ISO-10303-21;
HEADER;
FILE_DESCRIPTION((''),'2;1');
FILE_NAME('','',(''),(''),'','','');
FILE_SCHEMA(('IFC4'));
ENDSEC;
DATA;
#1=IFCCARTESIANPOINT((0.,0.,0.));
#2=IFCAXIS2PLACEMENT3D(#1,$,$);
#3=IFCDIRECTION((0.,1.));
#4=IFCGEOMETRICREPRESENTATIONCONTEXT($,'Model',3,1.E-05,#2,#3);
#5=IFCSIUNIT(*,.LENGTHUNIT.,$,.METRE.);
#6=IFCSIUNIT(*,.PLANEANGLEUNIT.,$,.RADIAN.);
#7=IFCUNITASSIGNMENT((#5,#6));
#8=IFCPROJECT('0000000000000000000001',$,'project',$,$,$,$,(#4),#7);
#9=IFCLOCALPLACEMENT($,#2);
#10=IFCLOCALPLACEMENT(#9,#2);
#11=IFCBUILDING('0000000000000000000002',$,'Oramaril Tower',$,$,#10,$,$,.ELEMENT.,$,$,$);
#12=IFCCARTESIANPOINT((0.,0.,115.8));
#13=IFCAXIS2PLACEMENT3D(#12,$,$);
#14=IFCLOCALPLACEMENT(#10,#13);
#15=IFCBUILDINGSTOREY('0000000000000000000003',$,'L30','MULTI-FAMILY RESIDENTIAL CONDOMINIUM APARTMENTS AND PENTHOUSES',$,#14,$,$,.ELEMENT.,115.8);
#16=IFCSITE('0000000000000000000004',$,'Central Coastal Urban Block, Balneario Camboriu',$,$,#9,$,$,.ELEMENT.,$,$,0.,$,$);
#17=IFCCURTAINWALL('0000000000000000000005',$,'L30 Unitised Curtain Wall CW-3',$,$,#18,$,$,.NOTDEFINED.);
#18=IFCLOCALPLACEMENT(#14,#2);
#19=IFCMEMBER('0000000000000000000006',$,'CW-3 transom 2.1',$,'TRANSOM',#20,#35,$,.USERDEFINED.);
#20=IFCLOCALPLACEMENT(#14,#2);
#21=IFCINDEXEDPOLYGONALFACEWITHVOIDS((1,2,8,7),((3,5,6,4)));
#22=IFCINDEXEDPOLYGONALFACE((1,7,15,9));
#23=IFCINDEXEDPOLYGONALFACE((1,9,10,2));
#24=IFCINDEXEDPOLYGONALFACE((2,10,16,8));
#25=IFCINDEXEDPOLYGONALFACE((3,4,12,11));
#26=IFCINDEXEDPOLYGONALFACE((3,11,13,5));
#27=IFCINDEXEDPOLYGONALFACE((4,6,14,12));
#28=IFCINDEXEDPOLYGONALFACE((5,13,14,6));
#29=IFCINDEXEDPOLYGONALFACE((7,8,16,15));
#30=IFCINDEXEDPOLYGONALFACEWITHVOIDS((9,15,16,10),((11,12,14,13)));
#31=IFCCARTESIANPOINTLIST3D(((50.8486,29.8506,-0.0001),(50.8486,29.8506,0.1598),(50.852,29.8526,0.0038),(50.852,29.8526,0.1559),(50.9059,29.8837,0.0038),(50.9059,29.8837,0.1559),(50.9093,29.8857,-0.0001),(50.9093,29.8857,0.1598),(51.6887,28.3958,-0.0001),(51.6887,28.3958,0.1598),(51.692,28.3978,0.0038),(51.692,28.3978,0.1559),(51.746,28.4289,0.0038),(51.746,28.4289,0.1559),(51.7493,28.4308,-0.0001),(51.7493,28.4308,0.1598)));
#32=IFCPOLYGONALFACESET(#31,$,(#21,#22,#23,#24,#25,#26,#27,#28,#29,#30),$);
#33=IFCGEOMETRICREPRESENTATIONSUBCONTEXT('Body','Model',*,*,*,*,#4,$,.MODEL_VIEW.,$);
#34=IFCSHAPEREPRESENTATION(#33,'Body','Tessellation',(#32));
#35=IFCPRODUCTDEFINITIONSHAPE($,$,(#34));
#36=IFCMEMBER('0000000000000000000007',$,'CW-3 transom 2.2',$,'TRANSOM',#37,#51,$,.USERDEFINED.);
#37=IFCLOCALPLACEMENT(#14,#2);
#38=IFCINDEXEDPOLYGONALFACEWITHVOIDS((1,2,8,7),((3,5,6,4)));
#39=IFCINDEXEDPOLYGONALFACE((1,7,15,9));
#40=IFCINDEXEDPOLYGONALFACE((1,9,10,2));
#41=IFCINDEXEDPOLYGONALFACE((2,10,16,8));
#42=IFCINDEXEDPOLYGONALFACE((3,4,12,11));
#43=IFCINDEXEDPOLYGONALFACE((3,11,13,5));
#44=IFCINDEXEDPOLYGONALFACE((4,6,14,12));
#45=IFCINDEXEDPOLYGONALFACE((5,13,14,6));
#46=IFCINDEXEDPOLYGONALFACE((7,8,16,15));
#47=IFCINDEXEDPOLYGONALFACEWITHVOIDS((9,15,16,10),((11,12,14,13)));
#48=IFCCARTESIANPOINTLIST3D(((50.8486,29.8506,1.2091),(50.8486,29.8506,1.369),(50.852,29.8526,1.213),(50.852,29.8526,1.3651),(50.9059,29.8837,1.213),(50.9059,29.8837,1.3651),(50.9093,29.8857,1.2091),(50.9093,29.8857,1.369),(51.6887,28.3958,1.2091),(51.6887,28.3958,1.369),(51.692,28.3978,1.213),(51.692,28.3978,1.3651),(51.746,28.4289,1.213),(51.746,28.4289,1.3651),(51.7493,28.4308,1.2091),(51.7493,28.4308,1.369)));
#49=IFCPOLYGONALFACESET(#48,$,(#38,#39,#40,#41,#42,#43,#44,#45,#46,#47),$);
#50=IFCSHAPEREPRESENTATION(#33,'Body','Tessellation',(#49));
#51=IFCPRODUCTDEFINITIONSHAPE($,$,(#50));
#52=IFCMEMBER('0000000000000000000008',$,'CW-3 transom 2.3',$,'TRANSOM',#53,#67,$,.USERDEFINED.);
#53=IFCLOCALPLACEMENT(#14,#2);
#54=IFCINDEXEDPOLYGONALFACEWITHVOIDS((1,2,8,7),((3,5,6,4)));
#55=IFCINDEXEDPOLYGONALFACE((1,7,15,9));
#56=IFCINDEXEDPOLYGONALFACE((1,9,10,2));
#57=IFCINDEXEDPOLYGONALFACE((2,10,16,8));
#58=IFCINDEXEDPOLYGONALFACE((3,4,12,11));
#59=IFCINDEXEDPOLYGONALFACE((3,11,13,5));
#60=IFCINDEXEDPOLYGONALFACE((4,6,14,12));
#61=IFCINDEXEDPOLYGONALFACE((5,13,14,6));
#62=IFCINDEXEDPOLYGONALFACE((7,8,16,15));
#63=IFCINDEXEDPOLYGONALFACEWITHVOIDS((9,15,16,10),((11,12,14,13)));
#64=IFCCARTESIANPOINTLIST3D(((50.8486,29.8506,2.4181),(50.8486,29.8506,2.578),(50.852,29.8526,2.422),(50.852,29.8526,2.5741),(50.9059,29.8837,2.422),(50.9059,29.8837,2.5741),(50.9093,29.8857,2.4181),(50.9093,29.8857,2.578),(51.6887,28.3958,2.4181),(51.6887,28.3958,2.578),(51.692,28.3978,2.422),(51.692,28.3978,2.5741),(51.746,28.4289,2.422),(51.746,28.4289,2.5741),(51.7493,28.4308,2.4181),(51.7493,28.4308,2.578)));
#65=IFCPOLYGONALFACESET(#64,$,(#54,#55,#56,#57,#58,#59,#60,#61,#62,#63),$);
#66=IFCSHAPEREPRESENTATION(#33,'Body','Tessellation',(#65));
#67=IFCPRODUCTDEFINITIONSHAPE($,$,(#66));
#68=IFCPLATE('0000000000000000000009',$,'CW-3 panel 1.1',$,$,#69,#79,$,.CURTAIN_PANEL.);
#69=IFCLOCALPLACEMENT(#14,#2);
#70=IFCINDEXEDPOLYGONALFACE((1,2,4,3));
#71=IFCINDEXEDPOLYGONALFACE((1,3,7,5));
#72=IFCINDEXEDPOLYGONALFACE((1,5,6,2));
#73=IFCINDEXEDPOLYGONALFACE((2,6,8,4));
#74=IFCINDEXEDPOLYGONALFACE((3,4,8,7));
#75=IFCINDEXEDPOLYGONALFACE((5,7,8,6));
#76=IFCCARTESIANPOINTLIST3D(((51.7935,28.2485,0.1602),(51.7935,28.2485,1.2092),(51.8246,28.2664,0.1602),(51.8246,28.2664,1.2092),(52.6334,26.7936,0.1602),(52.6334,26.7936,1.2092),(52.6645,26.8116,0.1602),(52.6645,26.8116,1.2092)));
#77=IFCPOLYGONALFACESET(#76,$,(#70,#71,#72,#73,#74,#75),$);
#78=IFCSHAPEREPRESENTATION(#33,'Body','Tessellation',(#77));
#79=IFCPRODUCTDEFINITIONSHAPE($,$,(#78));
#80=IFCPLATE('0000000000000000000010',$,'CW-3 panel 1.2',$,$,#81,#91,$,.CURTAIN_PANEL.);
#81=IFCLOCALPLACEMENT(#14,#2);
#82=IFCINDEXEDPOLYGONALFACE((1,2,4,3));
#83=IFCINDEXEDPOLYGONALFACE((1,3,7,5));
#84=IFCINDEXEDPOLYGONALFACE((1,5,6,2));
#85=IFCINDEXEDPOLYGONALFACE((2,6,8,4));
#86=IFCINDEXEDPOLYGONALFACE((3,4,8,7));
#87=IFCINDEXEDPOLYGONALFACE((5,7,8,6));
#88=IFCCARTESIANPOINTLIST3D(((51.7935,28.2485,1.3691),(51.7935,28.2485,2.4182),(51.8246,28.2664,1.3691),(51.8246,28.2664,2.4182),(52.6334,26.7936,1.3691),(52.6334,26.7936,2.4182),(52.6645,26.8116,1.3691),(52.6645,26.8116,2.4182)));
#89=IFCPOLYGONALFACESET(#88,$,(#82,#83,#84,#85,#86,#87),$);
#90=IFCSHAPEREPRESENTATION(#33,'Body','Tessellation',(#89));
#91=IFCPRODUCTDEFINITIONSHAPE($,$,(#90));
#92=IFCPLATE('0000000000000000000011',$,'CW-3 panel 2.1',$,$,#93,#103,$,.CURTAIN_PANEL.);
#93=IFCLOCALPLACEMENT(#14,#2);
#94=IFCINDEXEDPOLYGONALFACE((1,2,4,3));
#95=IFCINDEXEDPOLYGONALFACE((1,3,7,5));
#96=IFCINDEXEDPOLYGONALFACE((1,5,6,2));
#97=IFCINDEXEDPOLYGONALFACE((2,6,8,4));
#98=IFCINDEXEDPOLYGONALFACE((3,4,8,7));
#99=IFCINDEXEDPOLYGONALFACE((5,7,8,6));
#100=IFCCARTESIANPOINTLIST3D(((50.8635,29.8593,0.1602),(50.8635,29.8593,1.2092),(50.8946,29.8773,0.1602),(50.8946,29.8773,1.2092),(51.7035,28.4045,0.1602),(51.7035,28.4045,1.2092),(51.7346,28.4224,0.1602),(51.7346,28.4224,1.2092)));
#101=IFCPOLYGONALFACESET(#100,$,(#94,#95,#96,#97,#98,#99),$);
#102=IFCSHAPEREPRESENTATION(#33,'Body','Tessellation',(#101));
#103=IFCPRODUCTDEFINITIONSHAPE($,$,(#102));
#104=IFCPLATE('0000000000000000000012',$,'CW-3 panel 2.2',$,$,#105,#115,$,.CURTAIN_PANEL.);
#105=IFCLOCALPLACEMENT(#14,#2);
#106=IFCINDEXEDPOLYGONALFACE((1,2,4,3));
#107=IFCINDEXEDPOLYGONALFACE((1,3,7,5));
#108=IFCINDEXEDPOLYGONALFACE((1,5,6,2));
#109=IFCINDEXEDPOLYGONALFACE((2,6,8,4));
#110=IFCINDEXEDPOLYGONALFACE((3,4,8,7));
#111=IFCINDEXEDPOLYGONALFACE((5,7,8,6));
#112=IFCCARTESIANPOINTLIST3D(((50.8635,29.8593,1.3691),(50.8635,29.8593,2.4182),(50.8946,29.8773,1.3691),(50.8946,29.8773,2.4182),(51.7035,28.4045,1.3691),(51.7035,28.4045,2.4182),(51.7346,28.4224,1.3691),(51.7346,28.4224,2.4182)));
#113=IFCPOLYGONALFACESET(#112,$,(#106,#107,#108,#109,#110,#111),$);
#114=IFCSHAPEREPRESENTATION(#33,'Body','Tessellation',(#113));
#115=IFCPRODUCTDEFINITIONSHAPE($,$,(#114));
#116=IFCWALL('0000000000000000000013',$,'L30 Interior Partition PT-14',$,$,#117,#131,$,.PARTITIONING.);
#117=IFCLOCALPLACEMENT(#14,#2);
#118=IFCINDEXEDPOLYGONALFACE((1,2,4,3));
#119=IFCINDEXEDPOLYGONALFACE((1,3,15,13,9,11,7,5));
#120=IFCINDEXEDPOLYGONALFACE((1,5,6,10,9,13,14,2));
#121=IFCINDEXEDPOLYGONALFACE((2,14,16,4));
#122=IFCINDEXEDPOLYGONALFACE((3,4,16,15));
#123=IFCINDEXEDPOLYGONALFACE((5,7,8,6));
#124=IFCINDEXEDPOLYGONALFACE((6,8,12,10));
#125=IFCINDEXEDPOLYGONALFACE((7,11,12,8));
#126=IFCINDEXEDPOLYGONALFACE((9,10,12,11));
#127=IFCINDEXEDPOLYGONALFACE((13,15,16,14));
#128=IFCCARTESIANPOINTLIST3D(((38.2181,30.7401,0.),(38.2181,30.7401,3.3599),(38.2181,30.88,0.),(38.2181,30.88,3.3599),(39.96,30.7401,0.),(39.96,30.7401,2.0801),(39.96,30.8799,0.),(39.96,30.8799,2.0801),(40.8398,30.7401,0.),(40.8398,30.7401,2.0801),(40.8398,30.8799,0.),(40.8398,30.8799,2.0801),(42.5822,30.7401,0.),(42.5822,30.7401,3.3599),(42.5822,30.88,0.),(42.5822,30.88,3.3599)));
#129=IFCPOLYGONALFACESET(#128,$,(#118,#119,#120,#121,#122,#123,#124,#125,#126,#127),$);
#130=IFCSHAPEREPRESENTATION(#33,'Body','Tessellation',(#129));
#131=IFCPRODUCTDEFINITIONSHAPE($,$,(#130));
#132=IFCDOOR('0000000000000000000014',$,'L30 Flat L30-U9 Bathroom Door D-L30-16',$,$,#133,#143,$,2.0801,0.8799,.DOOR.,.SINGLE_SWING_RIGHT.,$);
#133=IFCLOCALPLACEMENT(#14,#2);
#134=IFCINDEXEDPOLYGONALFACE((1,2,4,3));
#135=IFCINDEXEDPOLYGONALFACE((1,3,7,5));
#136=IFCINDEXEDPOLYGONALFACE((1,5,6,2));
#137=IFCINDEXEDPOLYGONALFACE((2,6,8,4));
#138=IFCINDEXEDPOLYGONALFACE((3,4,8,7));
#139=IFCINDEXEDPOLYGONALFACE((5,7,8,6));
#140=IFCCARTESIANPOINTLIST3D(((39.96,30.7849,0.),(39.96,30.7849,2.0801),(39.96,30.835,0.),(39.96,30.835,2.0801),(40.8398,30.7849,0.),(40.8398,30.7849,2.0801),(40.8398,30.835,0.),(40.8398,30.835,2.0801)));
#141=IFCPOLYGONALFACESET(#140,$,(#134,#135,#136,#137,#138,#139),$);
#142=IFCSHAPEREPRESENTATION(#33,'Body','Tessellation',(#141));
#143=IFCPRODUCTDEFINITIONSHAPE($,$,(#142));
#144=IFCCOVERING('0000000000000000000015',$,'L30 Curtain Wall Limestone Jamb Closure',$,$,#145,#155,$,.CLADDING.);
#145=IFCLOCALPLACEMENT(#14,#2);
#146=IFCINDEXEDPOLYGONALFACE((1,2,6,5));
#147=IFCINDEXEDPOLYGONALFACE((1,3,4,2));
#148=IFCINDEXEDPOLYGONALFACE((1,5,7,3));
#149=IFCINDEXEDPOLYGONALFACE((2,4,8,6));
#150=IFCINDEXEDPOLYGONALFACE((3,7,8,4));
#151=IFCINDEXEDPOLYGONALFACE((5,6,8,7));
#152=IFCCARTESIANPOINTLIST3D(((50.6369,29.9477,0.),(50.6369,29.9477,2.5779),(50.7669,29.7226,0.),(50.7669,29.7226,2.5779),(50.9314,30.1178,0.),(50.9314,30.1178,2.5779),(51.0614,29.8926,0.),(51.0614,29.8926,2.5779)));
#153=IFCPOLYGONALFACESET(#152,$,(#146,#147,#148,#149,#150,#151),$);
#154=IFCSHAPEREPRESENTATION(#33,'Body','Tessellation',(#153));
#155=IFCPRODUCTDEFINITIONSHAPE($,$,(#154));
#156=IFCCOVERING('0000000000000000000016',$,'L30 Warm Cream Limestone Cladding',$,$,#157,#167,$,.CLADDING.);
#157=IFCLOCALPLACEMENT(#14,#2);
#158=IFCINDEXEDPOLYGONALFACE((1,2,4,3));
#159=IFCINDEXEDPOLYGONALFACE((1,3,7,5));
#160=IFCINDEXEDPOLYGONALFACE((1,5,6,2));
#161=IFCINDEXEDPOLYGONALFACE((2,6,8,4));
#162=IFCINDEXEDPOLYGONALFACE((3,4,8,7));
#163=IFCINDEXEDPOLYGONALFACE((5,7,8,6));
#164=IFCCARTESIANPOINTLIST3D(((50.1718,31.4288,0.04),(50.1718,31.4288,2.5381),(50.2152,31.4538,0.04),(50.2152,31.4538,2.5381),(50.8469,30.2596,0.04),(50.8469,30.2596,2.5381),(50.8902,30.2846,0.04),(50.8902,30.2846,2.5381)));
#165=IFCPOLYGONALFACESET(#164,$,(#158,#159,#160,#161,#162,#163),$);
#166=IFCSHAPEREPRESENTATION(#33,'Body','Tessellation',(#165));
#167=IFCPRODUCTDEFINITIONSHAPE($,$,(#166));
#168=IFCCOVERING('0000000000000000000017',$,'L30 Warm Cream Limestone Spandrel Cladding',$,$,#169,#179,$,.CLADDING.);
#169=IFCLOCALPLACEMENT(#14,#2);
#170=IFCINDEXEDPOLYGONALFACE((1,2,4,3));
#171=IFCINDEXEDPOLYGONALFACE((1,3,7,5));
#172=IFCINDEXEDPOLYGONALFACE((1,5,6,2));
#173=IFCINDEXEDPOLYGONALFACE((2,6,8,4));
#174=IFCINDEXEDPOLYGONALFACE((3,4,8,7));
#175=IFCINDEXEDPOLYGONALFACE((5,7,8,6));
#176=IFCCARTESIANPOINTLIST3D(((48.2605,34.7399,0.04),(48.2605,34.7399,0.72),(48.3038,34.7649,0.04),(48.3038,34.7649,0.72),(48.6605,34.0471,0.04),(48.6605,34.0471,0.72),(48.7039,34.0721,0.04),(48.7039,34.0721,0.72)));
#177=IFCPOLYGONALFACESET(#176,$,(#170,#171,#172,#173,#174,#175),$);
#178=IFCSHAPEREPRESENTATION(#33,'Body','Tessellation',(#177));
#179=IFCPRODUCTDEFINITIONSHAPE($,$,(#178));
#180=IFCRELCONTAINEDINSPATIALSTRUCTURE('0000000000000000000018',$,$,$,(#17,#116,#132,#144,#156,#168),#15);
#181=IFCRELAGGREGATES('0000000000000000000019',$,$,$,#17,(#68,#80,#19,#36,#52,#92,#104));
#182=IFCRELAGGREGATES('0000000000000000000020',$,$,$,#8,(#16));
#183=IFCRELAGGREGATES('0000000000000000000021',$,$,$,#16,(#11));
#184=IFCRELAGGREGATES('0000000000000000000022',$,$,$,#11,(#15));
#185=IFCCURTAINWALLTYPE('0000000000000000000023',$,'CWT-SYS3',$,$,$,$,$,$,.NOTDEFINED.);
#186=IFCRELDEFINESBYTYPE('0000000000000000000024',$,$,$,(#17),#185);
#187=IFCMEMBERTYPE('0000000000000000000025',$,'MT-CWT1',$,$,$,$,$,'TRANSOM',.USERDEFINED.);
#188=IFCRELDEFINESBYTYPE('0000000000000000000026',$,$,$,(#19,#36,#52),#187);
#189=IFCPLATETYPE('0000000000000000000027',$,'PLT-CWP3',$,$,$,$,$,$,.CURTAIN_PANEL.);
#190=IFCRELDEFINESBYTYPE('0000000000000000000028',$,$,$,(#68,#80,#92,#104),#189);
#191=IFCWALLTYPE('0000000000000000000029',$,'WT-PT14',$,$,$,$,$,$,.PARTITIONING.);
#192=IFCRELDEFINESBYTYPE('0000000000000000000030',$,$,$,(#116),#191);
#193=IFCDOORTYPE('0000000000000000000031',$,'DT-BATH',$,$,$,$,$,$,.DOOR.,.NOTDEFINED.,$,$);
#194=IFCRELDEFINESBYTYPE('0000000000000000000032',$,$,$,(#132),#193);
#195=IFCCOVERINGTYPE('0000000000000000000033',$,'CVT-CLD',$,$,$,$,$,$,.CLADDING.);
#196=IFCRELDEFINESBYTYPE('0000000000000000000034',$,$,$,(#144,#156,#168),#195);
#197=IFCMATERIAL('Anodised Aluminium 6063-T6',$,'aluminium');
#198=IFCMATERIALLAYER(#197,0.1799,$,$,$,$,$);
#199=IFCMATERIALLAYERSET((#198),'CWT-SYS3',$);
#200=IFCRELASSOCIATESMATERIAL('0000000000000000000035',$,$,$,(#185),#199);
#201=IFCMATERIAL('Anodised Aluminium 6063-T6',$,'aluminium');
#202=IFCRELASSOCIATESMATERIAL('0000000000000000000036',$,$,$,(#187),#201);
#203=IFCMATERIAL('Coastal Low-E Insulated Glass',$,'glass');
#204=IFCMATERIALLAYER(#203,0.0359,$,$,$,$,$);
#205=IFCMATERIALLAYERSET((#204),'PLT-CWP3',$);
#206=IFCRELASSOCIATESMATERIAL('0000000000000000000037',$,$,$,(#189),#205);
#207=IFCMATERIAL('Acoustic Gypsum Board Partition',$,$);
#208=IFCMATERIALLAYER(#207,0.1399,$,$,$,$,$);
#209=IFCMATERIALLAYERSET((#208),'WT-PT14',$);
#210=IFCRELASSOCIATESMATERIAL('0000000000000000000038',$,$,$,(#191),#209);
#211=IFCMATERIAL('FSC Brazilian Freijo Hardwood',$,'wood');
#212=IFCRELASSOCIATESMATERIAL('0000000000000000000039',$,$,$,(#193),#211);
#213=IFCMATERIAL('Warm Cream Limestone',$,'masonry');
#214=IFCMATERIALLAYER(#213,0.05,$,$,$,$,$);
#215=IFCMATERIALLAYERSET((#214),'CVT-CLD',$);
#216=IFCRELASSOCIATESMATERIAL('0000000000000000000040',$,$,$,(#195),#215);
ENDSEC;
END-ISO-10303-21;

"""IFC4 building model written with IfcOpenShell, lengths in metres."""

from ifc_helpers import new_model, si_unit, direction, frame, frame_2d, origin, origin_2d, place, context, subcontext, project, spatial, rectangle, hollow_rectangle, extrude, material, layer, layer_set, material_profile, profile_set, type_object, element, fill, aggregate, save


model = new_model("IFC4")

# Units and contexts
model_context = context("Model", 3, precision=1e-05, world=origin(), true_north=direction((0.0, 1.0)))
body_context = subcontext(model_context, "Body", "Model", "MODEL_VIEW")
ifc_project = project(units=[si_unit("LENGTHUNIT", "METRE"), si_unit("PLANEANGLEUNIT", "RADIAN")], contexts=[model_context])

# Site, building, storey
site_placement = place(None, origin())
site = spatial("IfcSite", under=ifc_project, at=site_placement, Name="Central Coastal Urban Block, Balneario Camboriu", CompositionType="ELEMENT", RefElevation=0.0)
building_placement = place(site_placement, origin())
building = spatial("IfcBuilding", under=site, at=building_placement, Name="Oramaril Tower", CompositionType="ELEMENT")
storey_placement = place(building_placement, frame((0.0, 0.0, 115.8)))
storey = spatial("IfcBuildingStorey", under=building, at=storey_placement, Name="L30", Description="MULTI-FAMILY RESIDENTIAL CONDOMINIUM APARTMENTS AND PENTHOUSES", CompositionType="ELEMENT", Elevation=115.8)

# Curtain wall, members, plates
ifc_material_1 = material(Name="Anodised Aluminium 6063-T6", Category="aluminium")
ifc_layer_1 = layer(ifc_material_1, 0.1799)
ifc_layer_set_1 = layer_set([ifc_layer_1], Name="CWT-SYS3")
curtain_wall_type = type_object("IfcCurtainWallType", Name="CWT-SYS3", PredefinedType="NOTDEFINED", material=ifc_layer_set_1)
curtain_wall_placement = place(storey_placement, origin())
curtain_wall = element("IfcCurtainWall", 1, at=curtain_wall_placement, inside=storey, type_object=curtain_wall_type, Name="L30 Unitised Curtain Wall CW-3", PredefinedType="NOTDEFINED")
ifc_material_2 = material(Name="Anodised Aluminium 6063-T6", Category="aluminium")
ifc_material_profile_1 = material_profile(ifc_material_2, hollow_rectangle(XDim=0.0701, YDim=0.1599, WallThickness=0.0039, at=origin_2d()), Name="CWT160X70")
ifc_profile_set_1 = profile_set([ifc_material_profile_1], Name="Anodised Aluminium 6063-T6")
member_type_1 = type_object("IfcMemberType", Name="MT-CWT1", ElementType="TRANSOM", PredefinedType="USERDEFINED", material=ifc_profile_set_1)
member_1_placement = place(storey_placement, frame((51.719, 28.4133, 0.0798), z_axis=(-0.500062, 0.86599, 0.0), x_axis=(-0.86599, -0.500062, 0.0)))
member_1 = element("IfcMember", 2, at=member_1_placement, type_object=member_type_1, Name="CW-3 transom 2.1", ObjectType="TRANSOM", PredefinedType="USERDEFINED", context=body_context, shape_type="SweptSolid", body=[
    extrude(hollow_rectangle(XDim=0.0701, YDim=0.1599, WallThickness=0.0039, at=origin_2d()), origin(), (0.0, 0.0, 1.0), 1.6799),
])
member_2_placement = place(storey_placement, frame((51.719, 28.4133, 1.2891), z_axis=(-0.500062, 0.86599, 0.0), x_axis=(-0.86599, -0.500062, 0.0)))
member_2 = element("IfcMember", 3, at=member_2_placement, type_object=member_type_1, Name="CW-3 transom 2.2", ObjectType="TRANSOM", PredefinedType="USERDEFINED", context=body_context, shape_type="SweptSolid", body=[
    extrude(hollow_rectangle(XDim=0.0701, YDim=0.1599, WallThickness=0.0039, at=origin_2d()), origin(), (0.0, 0.0, 1.0), 1.6799),
])
member_3_placement = place(storey_placement, frame((51.719, 28.4133, 2.498), z_axis=(-0.500062, 0.86599, 0.0), x_axis=(-0.86599, -0.500062, 0.0)))
member_3 = element("IfcMember", 4, at=member_3_placement, type_object=member_type_1, Name="CW-3 transom 2.3", ObjectType="TRANSOM", PredefinedType="USERDEFINED", context=body_context, shape_type="SweptSolid", body=[
    extrude(hollow_rectangle(XDim=0.0701, YDim=0.1599, WallThickness=0.0039, at=origin_2d()), origin(), (0.0, 0.0, 1.0), 1.6799),
])
ifc_material_3 = material(Name="Coastal Low-E Insulated Glass", Category="glass")
ifc_layer_2 = layer(ifc_material_3, 0.0359)
ifc_layer_set_2 = layer_set([ifc_layer_2], Name="PLT-CWP3")
plate_type = type_object("IfcPlateType", Name="PLT-CWP3", PredefinedType="CURTAIN_PANEL", material=ifc_layer_set_2)
plate_1_placement = place(storey_placement, frame((52.229, 27.53, 0.1602), z_axis=(0.0, 0.0, 1.0), x_axis=(-0.5, 0.866025, 0.0)))
plate_1 = element("IfcPlate", 5, at=plate_1_placement, type_object=plate_type, Name="CW-3 panel 1.1", PredefinedType="CURTAIN_PANEL", context=body_context, shape_type="SweptSolid", body=[
    extrude(rectangle(XDim=1.6799, YDim=0.0359, at=origin_2d()), origin(), (0.0, 0.0, 1.0), 1.0491),
])
plate_2_placement = place(storey_placement, frame((52.229, 27.53, 1.3691), z_axis=(0.0, 0.0, 1.0), x_axis=(-0.5, 0.866025, 0.0)))
plate_2 = element("IfcPlate", 6, at=plate_2_placement, type_object=plate_type, Name="CW-3 panel 1.2", PredefinedType="CURTAIN_PANEL", context=body_context, shape_type="SweptSolid", body=[
    extrude(rectangle(XDim=1.6799, YDim=0.0359, at=origin_2d()), origin(), (0.0, 0.0, 1.0), 1.0491),
])
plate_3_placement = place(storey_placement, frame((51.2991, 29.1409, 0.1602), z_axis=(0.0, 0.0, 1.0), x_axis=(-0.5, 0.866025, 0.0)))
plate_3 = element("IfcPlate", 7, at=plate_3_placement, type_object=plate_type, Name="CW-3 panel 2.1", PredefinedType="CURTAIN_PANEL", context=body_context, shape_type="SweptSolid", body=[
    extrude(rectangle(XDim=1.6799, YDim=0.0359, at=origin_2d()), origin(), (0.0, 0.0, 1.0), 1.0491),
])
plate_4_placement = place(storey_placement, frame((51.2991, 29.1409, 1.3691), z_axis=(0.0, 0.0, 1.0), x_axis=(-0.5, 0.866025, 0.0)))
plate_4 = element("IfcPlate", 8, at=plate_4_placement, type_object=plate_type, Name="CW-3 panel 2.2", PredefinedType="CURTAIN_PANEL", context=body_context, shape_type="SweptSolid", body=[
    extrude(rectangle(XDim=1.6799, YDim=0.0359, at=origin_2d()), origin(), (0.0, 0.0, 1.0), 1.0491),
])
aggregate(curtain_wall, [plate_1, plate_2, member_1, member_2, member_3, plate_3, plate_4])

# Wall, opening, door
ifc_material_4 = material(Name="Acoustic Gypsum Board Partition")
ifc_layer_3 = layer(ifc_material_4, 0.1399)
ifc_layer_set_3 = layer_set([ifc_layer_3], Name="WT-PT14")
wall_type_1 = type_object("IfcWallType", Name="WT-PT14", PredefinedType="PARTITIONING", material=ifc_layer_set_3)
wall_1_placement = place(storey_placement, frame((38.218, 30.8101, 0.0), z_axis=(0.0, 0.0, 1.0), x_axis=(1.0, 0.0, 0.0)))
wall_1 = element("IfcWall", 9, at=wall_1_placement, inside=storey, type_object=wall_type_1, Name="L30 Interior Partition PT-14", PredefinedType="PARTITIONING", context=body_context, shape_type="SweptSolid", body=[
    extrude(rectangle(XDim=4.364, YDim=0.1399, at=frame_2d((2.1821, 0.0))), origin(), (0.0, 0.0, 1.0), 3.3599),
])
opening_1_placement = place(wall_1_placement, frame((1.7419, 0.0, 0.0)))
opening_1 = element("IfcOpeningElement", 10, at=opening_1_placement, cuts=wall_1, PredefinedType="OPENING", context=body_context, shape_type="SweptSolid", body=[
    extrude(rectangle(XDim=0.8799, YDim=2.0801, at=frame_2d((0.4399, 1.04))), frame((0.0, 0.0698, 0.0), z_axis=(0.0, -1.0, 0.0), x_axis=(1.0, 0.0, 0.0)), (0.0, 0.0, 1.0), 0.1399),
])
ifc_material_5 = material(Name="FSC Brazilian Freijo Hardwood", Category="wood")
door_type_1 = type_object("IfcDoorType", Name="DT-BATH", OperationType="NOTDEFINED", PredefinedType="DOOR", material=ifc_material_5)
door_1_placement = place(opening_1_placement, origin())
door_1 = element("IfcDoor", 11, at=door_1_placement, inside=storey, type_object=door_type_1, Name="L30 Flat L30-U9 Bathroom Door D-L30-16", OperationType="SINGLE_SWING_RIGHT", OverallHeight=2.0801, OverallWidth=0.8799, PredefinedType="DOOR", context=body_context, shape_type="SweptSolid", body=[
    extrude(rectangle(XDim=0.8799, YDim=2.0801, at=frame_2d((0.4399, 1.04))), frame((0.0, 0.0249, 0.0), z_axis=(0.0, -1.0, 0.0), x_axis=(1.0, 0.0, 0.0)), (0.0, 0.0, 1.0), 0.05),
])
fill(opening_1, door_1)

# Coverings
ifc_material_6 = material(Name="Warm Cream Limestone", Category="masonry")
ifc_layer_4 = layer(ifc_material_6, 0.05)
ifc_layer_set_4 = layer_set([ifc_layer_4], Name="CVT-CLD")
covering_type = type_object("IfcCoveringType", Name="CVT-CLD", PredefinedType="CLADDING", material=ifc_layer_set_4)
covering_1_placement = place(storey_placement, frame((50.8491, 29.9202, 0.0), z_axis=(0.0, 0.0, 1.0), x_axis=(-0.5, 0.866025, 0.0)))
element("IfcCovering", 12, at=covering_1_placement, inside=storey, type_object=covering_type, Name="L30 Curtain Wall Limestone Jamb Closure", PredefinedType="CLADDING", context=body_context, shape_type="SweptSolid", body=[
    extrude(rectangle(XDim=0.26, YDim=0.3401, at=origin_2d()), origin(), (0.0, 0.0, 1.0), 2.5779),
])
covering_2_placement = place(storey_placement, frame((50.531, 30.8567, 0.04), z_axis=(0.0, 0.0, 1.0), x_axis=(-0.499998, 0.866026, 0.0)))
element("IfcCovering", 13, at=covering_2_placement, inside=storey, type_object=covering_type, Name="L30 Warm Cream Limestone Cladding", PredefinedType="CLADDING", context=body_context, shape_type="SweptSolid", body=[
    extrude(rectangle(XDim=1.3501, YDim=0.05, at=origin_2d()), origin(), (0.0, 0.0, 1.0), 2.498),
])
covering_3_placement = place(storey_placement, frame((48.4822, 34.406, 0.04), z_axis=(0.0, 0.0, 1.0), x_axis=(-0.499998, 0.866026, 0.0)))
element("IfcCovering", 14, at=covering_3_placement, inside=storey, type_object=covering_type, Name="L30 Warm Cream Limestone Spandrel Cladding", PredefinedType="CLADDING", context=body_context, shape_type="SweptSolid", body=[
    extrude(rectangle(XDim=0.8, YDim=0.05, at=origin_2d()), origin(), (0.0, 0.0, 1.0), 0.6799),
])

save(model, "model.ifc")
